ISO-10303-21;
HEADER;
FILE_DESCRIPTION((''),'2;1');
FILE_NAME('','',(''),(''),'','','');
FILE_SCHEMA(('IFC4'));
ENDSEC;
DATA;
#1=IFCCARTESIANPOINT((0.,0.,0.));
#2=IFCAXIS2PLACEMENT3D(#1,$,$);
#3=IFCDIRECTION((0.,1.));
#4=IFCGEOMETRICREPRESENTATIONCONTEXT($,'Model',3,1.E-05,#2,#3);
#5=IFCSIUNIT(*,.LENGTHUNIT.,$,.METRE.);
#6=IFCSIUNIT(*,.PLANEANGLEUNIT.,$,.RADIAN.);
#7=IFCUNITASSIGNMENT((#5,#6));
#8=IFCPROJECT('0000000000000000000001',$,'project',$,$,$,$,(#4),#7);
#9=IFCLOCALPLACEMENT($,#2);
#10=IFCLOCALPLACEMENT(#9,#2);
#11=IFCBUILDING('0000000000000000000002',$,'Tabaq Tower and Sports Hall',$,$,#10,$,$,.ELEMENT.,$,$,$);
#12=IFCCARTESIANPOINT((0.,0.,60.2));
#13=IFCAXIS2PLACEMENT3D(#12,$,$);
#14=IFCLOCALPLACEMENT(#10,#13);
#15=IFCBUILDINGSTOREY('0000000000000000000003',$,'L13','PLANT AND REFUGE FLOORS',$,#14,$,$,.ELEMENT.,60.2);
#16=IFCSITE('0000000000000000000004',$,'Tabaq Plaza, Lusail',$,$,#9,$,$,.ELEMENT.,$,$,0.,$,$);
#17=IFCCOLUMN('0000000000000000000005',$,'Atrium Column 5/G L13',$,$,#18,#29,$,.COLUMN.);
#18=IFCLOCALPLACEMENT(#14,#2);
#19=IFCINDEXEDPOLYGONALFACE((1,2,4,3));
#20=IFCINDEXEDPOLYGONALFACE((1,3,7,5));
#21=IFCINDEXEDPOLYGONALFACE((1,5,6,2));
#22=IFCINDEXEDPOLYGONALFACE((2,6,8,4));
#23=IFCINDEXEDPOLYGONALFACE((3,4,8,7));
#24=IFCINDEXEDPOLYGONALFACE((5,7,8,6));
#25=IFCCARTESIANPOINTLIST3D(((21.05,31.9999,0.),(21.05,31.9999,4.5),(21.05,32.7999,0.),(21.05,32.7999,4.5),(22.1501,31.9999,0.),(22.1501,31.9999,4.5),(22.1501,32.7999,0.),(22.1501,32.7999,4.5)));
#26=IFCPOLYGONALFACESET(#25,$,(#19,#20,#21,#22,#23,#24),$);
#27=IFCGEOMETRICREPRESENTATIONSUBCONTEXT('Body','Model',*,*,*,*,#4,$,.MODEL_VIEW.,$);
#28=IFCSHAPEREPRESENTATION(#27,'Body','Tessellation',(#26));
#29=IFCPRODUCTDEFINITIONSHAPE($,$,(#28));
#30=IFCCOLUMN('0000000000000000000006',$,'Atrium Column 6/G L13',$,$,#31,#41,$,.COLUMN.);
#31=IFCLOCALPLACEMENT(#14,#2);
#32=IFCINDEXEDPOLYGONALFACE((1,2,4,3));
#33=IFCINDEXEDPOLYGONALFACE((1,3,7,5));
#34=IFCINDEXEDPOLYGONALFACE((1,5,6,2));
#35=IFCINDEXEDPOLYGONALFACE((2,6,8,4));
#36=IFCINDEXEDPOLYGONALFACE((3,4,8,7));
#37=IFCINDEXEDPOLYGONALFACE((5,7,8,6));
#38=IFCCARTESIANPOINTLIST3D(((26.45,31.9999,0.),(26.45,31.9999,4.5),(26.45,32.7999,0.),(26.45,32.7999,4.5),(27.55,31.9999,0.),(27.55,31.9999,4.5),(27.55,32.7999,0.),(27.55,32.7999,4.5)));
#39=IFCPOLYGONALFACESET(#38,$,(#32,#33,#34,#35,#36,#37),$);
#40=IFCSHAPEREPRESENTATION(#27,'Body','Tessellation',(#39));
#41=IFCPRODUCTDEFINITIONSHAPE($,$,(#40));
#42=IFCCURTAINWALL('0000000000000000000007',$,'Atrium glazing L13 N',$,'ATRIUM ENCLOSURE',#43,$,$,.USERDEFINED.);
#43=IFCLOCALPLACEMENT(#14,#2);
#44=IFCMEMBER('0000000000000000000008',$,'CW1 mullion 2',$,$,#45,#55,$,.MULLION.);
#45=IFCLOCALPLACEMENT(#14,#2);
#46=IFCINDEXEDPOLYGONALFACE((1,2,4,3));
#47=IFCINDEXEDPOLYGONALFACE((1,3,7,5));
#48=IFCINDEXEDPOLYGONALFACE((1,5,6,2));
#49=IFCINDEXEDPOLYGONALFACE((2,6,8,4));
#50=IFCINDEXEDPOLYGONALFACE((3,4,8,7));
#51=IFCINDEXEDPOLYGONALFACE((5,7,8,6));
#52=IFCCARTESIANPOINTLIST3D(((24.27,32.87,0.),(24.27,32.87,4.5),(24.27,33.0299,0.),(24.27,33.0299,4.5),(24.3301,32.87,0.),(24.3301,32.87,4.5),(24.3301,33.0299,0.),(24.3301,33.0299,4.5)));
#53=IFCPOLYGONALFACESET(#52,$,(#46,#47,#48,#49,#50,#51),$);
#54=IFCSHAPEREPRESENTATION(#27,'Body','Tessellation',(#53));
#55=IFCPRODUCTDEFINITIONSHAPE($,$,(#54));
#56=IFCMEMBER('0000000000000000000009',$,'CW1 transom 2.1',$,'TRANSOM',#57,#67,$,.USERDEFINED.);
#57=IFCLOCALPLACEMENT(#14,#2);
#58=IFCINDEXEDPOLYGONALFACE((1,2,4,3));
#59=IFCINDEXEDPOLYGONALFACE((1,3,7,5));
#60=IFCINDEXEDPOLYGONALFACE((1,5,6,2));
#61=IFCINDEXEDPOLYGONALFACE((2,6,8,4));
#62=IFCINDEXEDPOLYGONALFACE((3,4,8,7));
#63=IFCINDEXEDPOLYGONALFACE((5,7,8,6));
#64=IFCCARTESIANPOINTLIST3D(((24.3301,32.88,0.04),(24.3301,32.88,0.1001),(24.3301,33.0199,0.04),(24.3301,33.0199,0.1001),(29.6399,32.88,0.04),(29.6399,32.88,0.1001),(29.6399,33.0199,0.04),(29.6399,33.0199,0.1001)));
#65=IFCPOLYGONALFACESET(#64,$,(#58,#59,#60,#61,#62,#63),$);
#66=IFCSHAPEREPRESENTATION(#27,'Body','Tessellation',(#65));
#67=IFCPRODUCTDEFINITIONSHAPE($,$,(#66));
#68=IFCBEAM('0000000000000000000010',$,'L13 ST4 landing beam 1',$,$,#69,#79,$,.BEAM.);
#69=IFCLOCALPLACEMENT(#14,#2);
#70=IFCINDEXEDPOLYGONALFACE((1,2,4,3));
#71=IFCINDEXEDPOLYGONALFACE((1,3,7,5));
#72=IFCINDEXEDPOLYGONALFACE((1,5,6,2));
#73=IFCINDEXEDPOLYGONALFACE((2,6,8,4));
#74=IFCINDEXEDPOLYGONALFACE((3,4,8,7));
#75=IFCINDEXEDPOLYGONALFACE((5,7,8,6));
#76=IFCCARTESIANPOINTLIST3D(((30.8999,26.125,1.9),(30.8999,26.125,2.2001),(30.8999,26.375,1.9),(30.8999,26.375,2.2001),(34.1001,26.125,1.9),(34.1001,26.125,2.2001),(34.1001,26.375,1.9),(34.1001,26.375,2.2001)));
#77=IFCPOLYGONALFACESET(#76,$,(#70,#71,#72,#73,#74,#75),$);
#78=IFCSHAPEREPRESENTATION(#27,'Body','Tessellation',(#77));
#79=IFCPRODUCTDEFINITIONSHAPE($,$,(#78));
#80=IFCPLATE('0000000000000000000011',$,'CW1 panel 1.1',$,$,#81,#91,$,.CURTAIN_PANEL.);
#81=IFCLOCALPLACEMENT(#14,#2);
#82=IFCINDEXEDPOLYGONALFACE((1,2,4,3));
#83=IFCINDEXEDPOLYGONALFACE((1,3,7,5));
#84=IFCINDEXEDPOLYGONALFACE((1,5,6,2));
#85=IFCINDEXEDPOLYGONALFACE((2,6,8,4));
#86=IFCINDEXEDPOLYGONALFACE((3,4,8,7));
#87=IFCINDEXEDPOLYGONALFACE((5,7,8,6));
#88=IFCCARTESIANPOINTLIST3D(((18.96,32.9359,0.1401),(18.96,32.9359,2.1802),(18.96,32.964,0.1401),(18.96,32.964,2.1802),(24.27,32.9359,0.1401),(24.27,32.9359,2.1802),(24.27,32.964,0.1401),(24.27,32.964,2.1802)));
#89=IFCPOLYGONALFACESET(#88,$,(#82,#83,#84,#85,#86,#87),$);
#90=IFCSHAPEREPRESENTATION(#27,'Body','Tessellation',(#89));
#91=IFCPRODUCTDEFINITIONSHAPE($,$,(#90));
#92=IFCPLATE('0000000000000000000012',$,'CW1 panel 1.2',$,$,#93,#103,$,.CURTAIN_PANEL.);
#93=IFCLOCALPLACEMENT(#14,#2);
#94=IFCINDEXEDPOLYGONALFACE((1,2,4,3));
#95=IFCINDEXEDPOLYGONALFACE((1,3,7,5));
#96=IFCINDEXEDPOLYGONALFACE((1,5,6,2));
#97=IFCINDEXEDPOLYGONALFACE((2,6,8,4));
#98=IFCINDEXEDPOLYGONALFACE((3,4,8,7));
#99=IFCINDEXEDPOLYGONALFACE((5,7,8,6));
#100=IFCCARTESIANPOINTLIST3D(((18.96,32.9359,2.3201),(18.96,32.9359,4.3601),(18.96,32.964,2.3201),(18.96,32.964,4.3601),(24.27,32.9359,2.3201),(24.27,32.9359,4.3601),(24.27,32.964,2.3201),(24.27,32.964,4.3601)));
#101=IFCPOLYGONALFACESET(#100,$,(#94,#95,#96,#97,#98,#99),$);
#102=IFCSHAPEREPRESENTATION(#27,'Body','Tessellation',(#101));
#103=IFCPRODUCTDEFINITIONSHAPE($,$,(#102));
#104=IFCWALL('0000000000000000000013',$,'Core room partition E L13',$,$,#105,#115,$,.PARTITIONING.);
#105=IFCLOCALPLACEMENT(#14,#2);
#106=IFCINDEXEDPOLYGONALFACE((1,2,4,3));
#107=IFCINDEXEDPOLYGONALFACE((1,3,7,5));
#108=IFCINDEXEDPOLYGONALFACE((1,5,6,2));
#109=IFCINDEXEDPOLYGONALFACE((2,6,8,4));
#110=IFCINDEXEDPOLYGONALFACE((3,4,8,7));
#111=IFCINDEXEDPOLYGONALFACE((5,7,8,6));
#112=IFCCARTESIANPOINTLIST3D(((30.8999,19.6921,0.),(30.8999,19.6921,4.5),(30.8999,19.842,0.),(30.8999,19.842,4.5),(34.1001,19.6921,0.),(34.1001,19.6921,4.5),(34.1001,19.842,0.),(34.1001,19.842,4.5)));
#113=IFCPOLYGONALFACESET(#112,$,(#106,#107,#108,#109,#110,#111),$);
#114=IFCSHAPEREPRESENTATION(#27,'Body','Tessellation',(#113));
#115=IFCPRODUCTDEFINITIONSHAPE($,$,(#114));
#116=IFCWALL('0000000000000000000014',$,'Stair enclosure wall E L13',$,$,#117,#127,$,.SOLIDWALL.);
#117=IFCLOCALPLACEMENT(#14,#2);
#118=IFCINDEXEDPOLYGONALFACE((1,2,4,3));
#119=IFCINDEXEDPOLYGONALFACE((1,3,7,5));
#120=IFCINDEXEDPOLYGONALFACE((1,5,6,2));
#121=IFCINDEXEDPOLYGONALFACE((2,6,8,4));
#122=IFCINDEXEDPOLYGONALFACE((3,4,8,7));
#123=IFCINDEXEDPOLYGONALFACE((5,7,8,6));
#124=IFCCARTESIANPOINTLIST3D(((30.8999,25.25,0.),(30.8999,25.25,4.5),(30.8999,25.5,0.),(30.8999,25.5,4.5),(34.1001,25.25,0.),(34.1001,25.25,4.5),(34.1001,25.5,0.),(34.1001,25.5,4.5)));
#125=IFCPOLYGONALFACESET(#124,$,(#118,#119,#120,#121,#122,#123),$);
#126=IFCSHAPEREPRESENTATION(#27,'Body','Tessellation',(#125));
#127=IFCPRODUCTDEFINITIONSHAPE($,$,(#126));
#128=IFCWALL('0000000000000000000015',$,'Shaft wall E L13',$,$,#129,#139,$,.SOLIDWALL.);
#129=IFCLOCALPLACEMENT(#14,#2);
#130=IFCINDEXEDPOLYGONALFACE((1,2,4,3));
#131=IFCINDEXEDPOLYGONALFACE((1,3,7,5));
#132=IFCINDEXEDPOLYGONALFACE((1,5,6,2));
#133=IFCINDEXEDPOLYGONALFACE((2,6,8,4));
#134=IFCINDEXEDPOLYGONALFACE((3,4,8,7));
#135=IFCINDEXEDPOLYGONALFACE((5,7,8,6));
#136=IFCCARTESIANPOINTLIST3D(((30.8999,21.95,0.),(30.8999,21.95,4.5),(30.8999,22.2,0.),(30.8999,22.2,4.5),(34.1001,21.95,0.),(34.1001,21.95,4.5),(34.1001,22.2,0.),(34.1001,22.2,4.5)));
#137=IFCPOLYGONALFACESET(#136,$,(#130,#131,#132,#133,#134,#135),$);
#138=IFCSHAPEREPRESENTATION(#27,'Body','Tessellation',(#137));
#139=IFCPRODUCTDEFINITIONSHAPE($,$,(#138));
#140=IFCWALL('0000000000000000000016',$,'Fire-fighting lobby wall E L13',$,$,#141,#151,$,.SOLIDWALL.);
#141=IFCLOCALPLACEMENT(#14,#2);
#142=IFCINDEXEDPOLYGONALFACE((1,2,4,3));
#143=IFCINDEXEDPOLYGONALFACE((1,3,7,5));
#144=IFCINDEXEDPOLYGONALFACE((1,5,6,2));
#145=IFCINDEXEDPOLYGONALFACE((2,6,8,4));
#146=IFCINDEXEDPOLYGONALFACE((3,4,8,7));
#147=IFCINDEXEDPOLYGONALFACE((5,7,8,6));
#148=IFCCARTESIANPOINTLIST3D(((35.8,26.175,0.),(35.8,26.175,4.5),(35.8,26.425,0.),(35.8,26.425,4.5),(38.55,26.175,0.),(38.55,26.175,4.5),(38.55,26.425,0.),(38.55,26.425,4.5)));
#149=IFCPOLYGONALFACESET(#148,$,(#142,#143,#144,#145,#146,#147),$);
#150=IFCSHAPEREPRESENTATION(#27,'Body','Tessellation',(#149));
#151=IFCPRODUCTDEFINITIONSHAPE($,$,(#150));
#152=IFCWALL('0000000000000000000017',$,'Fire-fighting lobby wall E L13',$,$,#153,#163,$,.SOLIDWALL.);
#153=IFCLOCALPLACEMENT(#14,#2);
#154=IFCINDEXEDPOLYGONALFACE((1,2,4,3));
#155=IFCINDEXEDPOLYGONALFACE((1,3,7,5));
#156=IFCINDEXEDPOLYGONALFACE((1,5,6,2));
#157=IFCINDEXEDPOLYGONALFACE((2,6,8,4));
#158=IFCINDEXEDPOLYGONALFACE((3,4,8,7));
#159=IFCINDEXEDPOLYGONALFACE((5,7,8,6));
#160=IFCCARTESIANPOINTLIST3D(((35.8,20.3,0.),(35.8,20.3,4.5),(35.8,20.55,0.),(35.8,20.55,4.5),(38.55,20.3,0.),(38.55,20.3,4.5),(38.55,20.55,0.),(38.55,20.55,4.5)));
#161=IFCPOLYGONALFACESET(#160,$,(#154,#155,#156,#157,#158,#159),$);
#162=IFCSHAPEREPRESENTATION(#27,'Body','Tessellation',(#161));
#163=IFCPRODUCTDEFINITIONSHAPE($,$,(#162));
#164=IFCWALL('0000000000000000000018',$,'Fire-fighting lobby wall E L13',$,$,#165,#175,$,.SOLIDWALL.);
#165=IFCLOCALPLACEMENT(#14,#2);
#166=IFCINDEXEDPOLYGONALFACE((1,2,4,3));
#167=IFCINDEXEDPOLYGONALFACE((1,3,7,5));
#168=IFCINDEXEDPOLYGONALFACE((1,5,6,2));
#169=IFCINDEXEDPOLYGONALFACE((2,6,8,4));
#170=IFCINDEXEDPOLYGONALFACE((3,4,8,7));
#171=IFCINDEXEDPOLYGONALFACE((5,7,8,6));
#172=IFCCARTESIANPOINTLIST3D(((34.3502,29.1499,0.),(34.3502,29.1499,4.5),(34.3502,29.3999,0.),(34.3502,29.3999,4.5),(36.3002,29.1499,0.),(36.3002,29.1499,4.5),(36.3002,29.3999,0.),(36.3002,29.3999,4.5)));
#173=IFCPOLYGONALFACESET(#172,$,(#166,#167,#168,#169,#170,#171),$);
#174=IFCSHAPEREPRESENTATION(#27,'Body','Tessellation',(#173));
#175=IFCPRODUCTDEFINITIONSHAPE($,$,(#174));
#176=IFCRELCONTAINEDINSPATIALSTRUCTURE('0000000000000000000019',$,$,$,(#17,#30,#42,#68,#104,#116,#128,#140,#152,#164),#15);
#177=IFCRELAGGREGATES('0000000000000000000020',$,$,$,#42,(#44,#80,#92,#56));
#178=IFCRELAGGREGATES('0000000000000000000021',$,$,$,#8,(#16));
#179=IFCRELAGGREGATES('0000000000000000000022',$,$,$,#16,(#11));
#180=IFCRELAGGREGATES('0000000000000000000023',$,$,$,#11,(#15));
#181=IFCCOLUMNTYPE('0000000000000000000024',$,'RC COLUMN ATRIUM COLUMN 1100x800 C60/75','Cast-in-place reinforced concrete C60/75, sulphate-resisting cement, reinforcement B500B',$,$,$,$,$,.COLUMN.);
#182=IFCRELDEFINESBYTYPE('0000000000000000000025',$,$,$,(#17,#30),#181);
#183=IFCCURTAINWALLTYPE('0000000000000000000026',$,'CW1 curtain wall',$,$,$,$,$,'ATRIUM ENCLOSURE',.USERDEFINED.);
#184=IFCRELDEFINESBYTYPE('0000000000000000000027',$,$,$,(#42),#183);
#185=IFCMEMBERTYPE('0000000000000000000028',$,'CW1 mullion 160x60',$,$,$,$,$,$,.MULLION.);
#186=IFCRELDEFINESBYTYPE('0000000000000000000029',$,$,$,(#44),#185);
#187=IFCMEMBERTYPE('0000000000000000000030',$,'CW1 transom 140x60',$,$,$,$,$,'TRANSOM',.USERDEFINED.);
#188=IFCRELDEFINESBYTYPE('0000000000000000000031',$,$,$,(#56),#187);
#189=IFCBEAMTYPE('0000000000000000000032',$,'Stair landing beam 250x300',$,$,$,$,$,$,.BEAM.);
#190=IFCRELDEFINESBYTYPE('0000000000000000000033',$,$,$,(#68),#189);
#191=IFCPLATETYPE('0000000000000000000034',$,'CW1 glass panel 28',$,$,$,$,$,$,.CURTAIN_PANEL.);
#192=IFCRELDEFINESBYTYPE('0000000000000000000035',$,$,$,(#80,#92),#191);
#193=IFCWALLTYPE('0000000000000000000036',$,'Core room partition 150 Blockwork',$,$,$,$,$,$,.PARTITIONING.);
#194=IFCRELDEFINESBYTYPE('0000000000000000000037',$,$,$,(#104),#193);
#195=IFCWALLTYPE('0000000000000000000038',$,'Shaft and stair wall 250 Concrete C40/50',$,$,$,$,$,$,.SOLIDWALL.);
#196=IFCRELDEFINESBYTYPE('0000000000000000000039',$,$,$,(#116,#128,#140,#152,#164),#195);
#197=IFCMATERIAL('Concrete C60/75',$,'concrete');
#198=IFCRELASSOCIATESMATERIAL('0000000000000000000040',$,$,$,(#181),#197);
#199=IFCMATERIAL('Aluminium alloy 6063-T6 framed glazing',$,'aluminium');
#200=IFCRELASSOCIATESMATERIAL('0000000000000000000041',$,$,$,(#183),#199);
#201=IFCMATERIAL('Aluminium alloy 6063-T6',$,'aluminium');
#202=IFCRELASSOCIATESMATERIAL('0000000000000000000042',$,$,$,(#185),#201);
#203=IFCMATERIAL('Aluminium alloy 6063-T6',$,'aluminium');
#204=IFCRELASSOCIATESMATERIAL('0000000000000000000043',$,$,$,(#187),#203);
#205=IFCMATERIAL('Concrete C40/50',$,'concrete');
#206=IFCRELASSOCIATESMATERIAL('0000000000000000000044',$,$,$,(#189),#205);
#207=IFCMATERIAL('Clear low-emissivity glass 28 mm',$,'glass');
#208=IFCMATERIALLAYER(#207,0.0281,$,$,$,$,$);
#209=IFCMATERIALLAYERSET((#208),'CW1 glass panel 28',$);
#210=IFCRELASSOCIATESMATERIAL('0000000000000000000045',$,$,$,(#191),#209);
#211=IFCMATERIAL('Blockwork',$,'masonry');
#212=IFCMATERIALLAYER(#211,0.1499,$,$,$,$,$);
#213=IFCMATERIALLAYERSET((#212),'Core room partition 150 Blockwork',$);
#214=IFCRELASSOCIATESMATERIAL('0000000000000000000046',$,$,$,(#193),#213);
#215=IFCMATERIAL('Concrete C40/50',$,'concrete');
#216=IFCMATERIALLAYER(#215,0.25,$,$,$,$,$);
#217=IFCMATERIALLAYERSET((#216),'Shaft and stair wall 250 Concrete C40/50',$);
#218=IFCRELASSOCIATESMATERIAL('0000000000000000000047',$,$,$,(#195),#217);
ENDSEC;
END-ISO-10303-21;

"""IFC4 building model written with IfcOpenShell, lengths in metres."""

from ifc_helpers import new_model, si_unit, direction, frame, frame_2d, origin, origin_2d, place, context, subcontext, project, spatial, rectangle, extrude, material, layer, layer_set, material_profile, profile_set, type_object, element, aggregate, save


model = new_model("IFC4")

# Units and contexts
model_context = context("Model", 3, precision=1e-05, world=origin(), true_north=direction((0.0, 1.0)))
body_context = subcontext(model_context, "Body", "Model", "MODEL_VIEW")
ifc_project = project(units=[si_unit("LENGTHUNIT", "METRE"), si_unit("PLANEANGLEUNIT", "RADIAN")], contexts=[model_context])

# Site, building, storey
site_placement = place(None, origin())
site = spatial("IfcSite", under=ifc_project, at=site_placement, Name="Tabaq Plaza, Lusail", CompositionType="ELEMENT", RefElevation=0.0)
building_placement = place(site_placement, origin())
building = spatial("IfcBuilding", under=site, at=building_placement, Name="Tabaq Tower and Sports Hall", CompositionType="ELEMENT")
storey_placement = place(building_placement, frame((0.0, 0.0, 60.2)))
storey = spatial("IfcBuildingStorey", under=building, at=storey_placement, Name="L13", Description="PLANT AND REFUGE FLOORS", CompositionType="ELEMENT", Elevation=60.2)

# Columns
ifc_material_1 = material(Name="Concrete C60/75", Category="concrete")
ifc_material_profile_1 = material_profile(ifc_material_1, rectangle(XDim=1.1001, YDim=0.8, at=origin_2d()), Name="ATRIUM COLUMN 1100x800")
ifc_profile_set_1 = profile_set([ifc_material_profile_1], Name="Concrete C60/75")
column_type = type_object("IfcColumnType", Name="RC COLUMN ATRIUM COLUMN 1100x800 C60/75", Description="Cast-in-place reinforced concrete C60/75, sulphate-resisting cement, reinforcement B500B", PredefinedType="COLUMN", material=ifc_profile_set_1)
for number, where, z_axis, x_axis, name in (
    (1, (21.6001, 32.3999, 0.0), (0.0, 0.0, 1.0), (1.0, 0.0, 0.0), "Atrium Column 5/G L13"),
    (2, (27.0, 32.3999, 0.0), (0.0, 0.0, 1.0), (1.0, 0.0, 0.0), "Atrium Column 6/G L13"),
):
    element("IfcColumn", number, at=place(storey_placement, frame(where, z_axis=z_axis, x_axis=x_axis)), inside=storey, type_object=column_type, Name=name, PredefinedType="COLUMN", context=body_context, shape_type="SweptSolid", body=[
        extrude(rectangle(XDim=1.1001, YDim=0.8, at=origin_2d()), origin(), (0.0, 0.0, 1.0), 4.5),
    ])

# Curtain wall, members
ifc_material_2 = material(Name="Aluminium alloy 6063-T6 framed glazing", Category="aluminium")
curtain_wall_type = type_object("IfcCurtainWallType", Name="CW1 curtain wall", ElementType="ATRIUM ENCLOSURE", PredefinedType="USERDEFINED", material=ifc_material_2)
curtain_wall_placement = place(storey_placement, origin())
curtain_wall = element("IfcCurtainWall", 3, at=curtain_wall_placement, inside=storey, type_object=curtain_wall_type, Name="Atrium glazing L13 N", ObjectType="ATRIUM ENCLOSURE", PredefinedType="USERDEFINED")
ifc_material_3 = material(Name="Aluminium alloy 6063-T6", Category="aluminium")
ifc_material_profile_2 = material_profile(ifc_material_3, rectangle(XDim=0.1599, YDim=0.0601, at=origin_2d()), Name="MULLION 160x60")
ifc_profile_set_2 = profile_set([ifc_material_profile_2], Name="Aluminium alloy 6063-T6")
member_type_1 = type_object("IfcMemberType", Name="CW1 mullion 160x60", PredefinedType="MULLION", material=ifc_profile_set_2)
member_1_placement = place(storey_placement, frame((24.3, 32.95, 0.0), z_axis=(0.0, 0.0, 1.0), x_axis=(0.0, 1.0, 0.0)))
member_1 = element("IfcMember", 4, at=member_1_placement, type_object=member_type_1, Name="CW1 mullion 2", PredefinedType="MULLION", context=body_context, shape_type="SweptSolid", body=[
    extrude(rectangle(XDim=0.1599, YDim=0.0601, at=origin_2d()), origin(), (0.0, 0.0, 1.0), 4.5),
])
ifc_material_4 = material(Name="Aluminium alloy 6063-T6", Category="aluminium")
ifc_material_profile_3 = material_profile(ifc_material_4, rectangle(XDim=0.1399, YDim=0.0601, at=origin_2d()), Name="TRANSOM 140x60")
ifc_profile_set_3 = profile_set([ifc_material_profile_3], Name="Aluminium alloy 6063-T6")
member_type_2 = type_object("IfcMemberType", Name="CW1 transom 140x60", ElementType="TRANSOM", PredefinedType="USERDEFINED", material=ifc_profile_set_3)
member_2_placement = place(storey_placement, frame((24.3301, 32.95, 0.0701), z_axis=(1.0, 0.0, 0.0), x_axis=(0.0, 1.0, 0.0)))
member_2 = element("IfcMember", 5, at=member_2_placement, type_object=member_type_2, Name="CW1 transom 2.1", ObjectType="TRANSOM", PredefinedType="USERDEFINED", context=body_context, shape_type="SweptSolid", body=[
    extrude(rectangle(XDim=0.1399, YDim=0.0601, at=origin_2d()), origin(), (0.0, 0.0, 1.0), 5.3098),
])

# Beam
ifc_material_5 = material(Name="Concrete C40/50", Category="concrete")
ifc_material_profile_4 = material_profile(ifc_material_5, rectangle(XDim=0.25, YDim=0.3, at=origin_2d()), Name="RC 250x300")
ifc_profile_set_4 = profile_set([ifc_material_profile_4], Name="Concrete C40/50")
beam_type = type_object("IfcBeamType", Name="Stair landing beam 250x300", PredefinedType="BEAM", material=ifc_profile_set_4)
beam_placement = place(storey_placement, frame((30.8999, 26.25, 2.05), z_axis=(1.0, 0.0, 0.0), x_axis=(0.0, 1.0, 0.0)))
element("IfcBeam", 6, at=beam_placement, inside=storey, type_object=beam_type, Name="L13 ST4 landing beam 1", PredefinedType="BEAM", context=body_context, shape_type="SweptSolid", body=[
    extrude(rectangle(XDim=0.25, YDim=0.3, at=origin_2d()), origin(), (0.0, 0.0, 1.0), 3.2002),
])

# Plates
ifc_material_6 = material(Name="Clear low-emissivity glass 28 mm", Category="glass")
ifc_layer_1 = layer(ifc_material_6, 0.0281)
ifc_layer_set_1 = layer_set([ifc_layer_1], Name="CW1 glass panel 28")
plate_type = type_object("IfcPlateType", Name="CW1 glass panel 28", PredefinedType="CURTAIN_PANEL", material=ifc_layer_set_1)
plate_1_placement = place(storey_placement, frame((21.615, 32.95, 0.1401), z_axis=(0.0, 0.0, 1.0), x_axis=(1.0, 0.0, 0.0)))
plate_1 = element("IfcPlate", 7, at=plate_1_placement, type_object=plate_type, Name="CW1 panel 1.1", PredefinedType="CURTAIN_PANEL", context=body_context, shape_type="SweptSolid", body=[
    extrude(rectangle(XDim=5.3101, YDim=0.0281, at=origin_2d()), origin(), (0.0, 0.0, 1.0), 2.04),
])
plate_2_placement = place(storey_placement, frame((21.615, 32.95, 2.3201), z_axis=(0.0, 0.0, 1.0), x_axis=(1.0, 0.0, 0.0)))
plate_2 = element("IfcPlate", 8, at=plate_2_placement, type_object=plate_type, Name="CW1 panel 1.2", PredefinedType="CURTAIN_PANEL", context=body_context, shape_type="SweptSolid", body=[
    extrude(rectangle(XDim=5.3101, YDim=0.0281, at=origin_2d()), origin(), (0.0, 0.0, 1.0), 2.04),
])
aggregate(curtain_wall, [member_1, plate_1, plate_2, member_2])

# Wall
ifc_material_7 = material(Name="Blockwork", Category="masonry")
ifc_layer_2 = layer(ifc_material_7, 0.1499)
ifc_layer_set_2 = layer_set([ifc_layer_2], Name="Core room partition 150 Blockwork")
wall_type_1 = type_object("IfcWallType", Name="Core room partition 150 Blockwork", PredefinedType="PARTITIONING", material=ifc_layer_set_2)
wall_1_placement = place(storey_placement, frame((30.8999, 19.7671, 0.0), z_axis=(0.0, 0.0, 1.0), x_axis=(1.0, 0.0, 0.0)))
element("IfcWall", 9, at=wall_1_placement, inside=storey, type_object=wall_type_1, Name="Core room partition E L13", PredefinedType="PARTITIONING", context=body_context, shape_type="SweptSolid", body=[
    extrude(rectangle(XDim=3.2002, YDim=0.1499, at=frame_2d((1.6001, 0.0))), origin(), (0.0, 0.0, 1.0), 4.5),
])

# Walls
ifc_material_8 = material(Name="Concrete C40/50", Category="concrete")
ifc_layer_3 = layer(ifc_material_8, 0.25)
ifc_layer_set_3 = layer_set([ifc_layer_3], Name="Shaft and stair wall 250 Concrete C40/50")
wall_type_2 = type_object("IfcWallType", Name="Shaft and stair wall 250 Concrete C40/50", PredefinedType="SOLIDWALL", material=ifc_layer_set_3)
for number, where, z_axis, x_axis, name in (
    (10, (30.8999, 25.375, 0.0), (0.0, 0.0, 1.0), (1.0, 0.0, 0.0), "Stair enclosure wall E L13"),
    (11, (30.8999, 22.075, 0.0), (0.0, 0.0, 1.0), (1.0, 0.0, 0.0), "Shaft wall E L13"),
):
    element("IfcWall", number, at=place(storey_placement, frame(where, z_axis=z_axis, x_axis=x_axis)), inside=storey, type_object=wall_type_2, Name=name, PredefinedType="SOLIDWALL", context=body_context, shape_type="SweptSolid", body=[
        extrude(rectangle(XDim=3.2002, YDim=0.25, at=frame_2d((1.6001, 0.0))), origin(), (0.0, 0.0, 1.0), 4.5),
    ])
for number, where, z_axis, x_axis, name in (
    (12, (35.8, 26.3, 0.0), (0.0, 0.0, 1.0), (1.0, 0.0, 0.0), "Fire-fighting lobby wall E L13"),
    (13, (35.8, 20.425, 0.0), (0.0, 0.0, 1.0), (1.0, 0.0, 0.0), "Fire-fighting lobby wall E L13"),
):
    element("IfcWall", number, at=place(storey_placement, frame(where, z_axis=z_axis, x_axis=x_axis)), inside=storey, type_object=wall_type_2, Name=name, PredefinedType="SOLIDWALL", context=body_context, shape_type="SweptSolid", body=[
        extrude(rectangle(XDim=2.75, YDim=0.25, at=frame_2d((1.375, 0.0))), origin(), (0.0, 0.0, 1.0), 4.5),
    ])
wall_2_placement = place(storey_placement, frame((34.3501, 29.2749, 0.0), z_axis=(0.0, 0.0, 1.0), x_axis=(1.0, 0.0, 0.0)))
element("IfcWall", 14, at=wall_2_placement, inside=storey, type_object=wall_type_2, Name="Fire-fighting lobby wall E L13", PredefinedType="SOLIDWALL", context=body_context, shape_type="SweptSolid", body=[
    extrude(rectangle(XDim=1.95, YDim=0.25, at=frame_2d((0.9751, 0.0))), origin(), (0.0, 0.0, 1.0), 4.5),
])

save(model, "model.ifc")
